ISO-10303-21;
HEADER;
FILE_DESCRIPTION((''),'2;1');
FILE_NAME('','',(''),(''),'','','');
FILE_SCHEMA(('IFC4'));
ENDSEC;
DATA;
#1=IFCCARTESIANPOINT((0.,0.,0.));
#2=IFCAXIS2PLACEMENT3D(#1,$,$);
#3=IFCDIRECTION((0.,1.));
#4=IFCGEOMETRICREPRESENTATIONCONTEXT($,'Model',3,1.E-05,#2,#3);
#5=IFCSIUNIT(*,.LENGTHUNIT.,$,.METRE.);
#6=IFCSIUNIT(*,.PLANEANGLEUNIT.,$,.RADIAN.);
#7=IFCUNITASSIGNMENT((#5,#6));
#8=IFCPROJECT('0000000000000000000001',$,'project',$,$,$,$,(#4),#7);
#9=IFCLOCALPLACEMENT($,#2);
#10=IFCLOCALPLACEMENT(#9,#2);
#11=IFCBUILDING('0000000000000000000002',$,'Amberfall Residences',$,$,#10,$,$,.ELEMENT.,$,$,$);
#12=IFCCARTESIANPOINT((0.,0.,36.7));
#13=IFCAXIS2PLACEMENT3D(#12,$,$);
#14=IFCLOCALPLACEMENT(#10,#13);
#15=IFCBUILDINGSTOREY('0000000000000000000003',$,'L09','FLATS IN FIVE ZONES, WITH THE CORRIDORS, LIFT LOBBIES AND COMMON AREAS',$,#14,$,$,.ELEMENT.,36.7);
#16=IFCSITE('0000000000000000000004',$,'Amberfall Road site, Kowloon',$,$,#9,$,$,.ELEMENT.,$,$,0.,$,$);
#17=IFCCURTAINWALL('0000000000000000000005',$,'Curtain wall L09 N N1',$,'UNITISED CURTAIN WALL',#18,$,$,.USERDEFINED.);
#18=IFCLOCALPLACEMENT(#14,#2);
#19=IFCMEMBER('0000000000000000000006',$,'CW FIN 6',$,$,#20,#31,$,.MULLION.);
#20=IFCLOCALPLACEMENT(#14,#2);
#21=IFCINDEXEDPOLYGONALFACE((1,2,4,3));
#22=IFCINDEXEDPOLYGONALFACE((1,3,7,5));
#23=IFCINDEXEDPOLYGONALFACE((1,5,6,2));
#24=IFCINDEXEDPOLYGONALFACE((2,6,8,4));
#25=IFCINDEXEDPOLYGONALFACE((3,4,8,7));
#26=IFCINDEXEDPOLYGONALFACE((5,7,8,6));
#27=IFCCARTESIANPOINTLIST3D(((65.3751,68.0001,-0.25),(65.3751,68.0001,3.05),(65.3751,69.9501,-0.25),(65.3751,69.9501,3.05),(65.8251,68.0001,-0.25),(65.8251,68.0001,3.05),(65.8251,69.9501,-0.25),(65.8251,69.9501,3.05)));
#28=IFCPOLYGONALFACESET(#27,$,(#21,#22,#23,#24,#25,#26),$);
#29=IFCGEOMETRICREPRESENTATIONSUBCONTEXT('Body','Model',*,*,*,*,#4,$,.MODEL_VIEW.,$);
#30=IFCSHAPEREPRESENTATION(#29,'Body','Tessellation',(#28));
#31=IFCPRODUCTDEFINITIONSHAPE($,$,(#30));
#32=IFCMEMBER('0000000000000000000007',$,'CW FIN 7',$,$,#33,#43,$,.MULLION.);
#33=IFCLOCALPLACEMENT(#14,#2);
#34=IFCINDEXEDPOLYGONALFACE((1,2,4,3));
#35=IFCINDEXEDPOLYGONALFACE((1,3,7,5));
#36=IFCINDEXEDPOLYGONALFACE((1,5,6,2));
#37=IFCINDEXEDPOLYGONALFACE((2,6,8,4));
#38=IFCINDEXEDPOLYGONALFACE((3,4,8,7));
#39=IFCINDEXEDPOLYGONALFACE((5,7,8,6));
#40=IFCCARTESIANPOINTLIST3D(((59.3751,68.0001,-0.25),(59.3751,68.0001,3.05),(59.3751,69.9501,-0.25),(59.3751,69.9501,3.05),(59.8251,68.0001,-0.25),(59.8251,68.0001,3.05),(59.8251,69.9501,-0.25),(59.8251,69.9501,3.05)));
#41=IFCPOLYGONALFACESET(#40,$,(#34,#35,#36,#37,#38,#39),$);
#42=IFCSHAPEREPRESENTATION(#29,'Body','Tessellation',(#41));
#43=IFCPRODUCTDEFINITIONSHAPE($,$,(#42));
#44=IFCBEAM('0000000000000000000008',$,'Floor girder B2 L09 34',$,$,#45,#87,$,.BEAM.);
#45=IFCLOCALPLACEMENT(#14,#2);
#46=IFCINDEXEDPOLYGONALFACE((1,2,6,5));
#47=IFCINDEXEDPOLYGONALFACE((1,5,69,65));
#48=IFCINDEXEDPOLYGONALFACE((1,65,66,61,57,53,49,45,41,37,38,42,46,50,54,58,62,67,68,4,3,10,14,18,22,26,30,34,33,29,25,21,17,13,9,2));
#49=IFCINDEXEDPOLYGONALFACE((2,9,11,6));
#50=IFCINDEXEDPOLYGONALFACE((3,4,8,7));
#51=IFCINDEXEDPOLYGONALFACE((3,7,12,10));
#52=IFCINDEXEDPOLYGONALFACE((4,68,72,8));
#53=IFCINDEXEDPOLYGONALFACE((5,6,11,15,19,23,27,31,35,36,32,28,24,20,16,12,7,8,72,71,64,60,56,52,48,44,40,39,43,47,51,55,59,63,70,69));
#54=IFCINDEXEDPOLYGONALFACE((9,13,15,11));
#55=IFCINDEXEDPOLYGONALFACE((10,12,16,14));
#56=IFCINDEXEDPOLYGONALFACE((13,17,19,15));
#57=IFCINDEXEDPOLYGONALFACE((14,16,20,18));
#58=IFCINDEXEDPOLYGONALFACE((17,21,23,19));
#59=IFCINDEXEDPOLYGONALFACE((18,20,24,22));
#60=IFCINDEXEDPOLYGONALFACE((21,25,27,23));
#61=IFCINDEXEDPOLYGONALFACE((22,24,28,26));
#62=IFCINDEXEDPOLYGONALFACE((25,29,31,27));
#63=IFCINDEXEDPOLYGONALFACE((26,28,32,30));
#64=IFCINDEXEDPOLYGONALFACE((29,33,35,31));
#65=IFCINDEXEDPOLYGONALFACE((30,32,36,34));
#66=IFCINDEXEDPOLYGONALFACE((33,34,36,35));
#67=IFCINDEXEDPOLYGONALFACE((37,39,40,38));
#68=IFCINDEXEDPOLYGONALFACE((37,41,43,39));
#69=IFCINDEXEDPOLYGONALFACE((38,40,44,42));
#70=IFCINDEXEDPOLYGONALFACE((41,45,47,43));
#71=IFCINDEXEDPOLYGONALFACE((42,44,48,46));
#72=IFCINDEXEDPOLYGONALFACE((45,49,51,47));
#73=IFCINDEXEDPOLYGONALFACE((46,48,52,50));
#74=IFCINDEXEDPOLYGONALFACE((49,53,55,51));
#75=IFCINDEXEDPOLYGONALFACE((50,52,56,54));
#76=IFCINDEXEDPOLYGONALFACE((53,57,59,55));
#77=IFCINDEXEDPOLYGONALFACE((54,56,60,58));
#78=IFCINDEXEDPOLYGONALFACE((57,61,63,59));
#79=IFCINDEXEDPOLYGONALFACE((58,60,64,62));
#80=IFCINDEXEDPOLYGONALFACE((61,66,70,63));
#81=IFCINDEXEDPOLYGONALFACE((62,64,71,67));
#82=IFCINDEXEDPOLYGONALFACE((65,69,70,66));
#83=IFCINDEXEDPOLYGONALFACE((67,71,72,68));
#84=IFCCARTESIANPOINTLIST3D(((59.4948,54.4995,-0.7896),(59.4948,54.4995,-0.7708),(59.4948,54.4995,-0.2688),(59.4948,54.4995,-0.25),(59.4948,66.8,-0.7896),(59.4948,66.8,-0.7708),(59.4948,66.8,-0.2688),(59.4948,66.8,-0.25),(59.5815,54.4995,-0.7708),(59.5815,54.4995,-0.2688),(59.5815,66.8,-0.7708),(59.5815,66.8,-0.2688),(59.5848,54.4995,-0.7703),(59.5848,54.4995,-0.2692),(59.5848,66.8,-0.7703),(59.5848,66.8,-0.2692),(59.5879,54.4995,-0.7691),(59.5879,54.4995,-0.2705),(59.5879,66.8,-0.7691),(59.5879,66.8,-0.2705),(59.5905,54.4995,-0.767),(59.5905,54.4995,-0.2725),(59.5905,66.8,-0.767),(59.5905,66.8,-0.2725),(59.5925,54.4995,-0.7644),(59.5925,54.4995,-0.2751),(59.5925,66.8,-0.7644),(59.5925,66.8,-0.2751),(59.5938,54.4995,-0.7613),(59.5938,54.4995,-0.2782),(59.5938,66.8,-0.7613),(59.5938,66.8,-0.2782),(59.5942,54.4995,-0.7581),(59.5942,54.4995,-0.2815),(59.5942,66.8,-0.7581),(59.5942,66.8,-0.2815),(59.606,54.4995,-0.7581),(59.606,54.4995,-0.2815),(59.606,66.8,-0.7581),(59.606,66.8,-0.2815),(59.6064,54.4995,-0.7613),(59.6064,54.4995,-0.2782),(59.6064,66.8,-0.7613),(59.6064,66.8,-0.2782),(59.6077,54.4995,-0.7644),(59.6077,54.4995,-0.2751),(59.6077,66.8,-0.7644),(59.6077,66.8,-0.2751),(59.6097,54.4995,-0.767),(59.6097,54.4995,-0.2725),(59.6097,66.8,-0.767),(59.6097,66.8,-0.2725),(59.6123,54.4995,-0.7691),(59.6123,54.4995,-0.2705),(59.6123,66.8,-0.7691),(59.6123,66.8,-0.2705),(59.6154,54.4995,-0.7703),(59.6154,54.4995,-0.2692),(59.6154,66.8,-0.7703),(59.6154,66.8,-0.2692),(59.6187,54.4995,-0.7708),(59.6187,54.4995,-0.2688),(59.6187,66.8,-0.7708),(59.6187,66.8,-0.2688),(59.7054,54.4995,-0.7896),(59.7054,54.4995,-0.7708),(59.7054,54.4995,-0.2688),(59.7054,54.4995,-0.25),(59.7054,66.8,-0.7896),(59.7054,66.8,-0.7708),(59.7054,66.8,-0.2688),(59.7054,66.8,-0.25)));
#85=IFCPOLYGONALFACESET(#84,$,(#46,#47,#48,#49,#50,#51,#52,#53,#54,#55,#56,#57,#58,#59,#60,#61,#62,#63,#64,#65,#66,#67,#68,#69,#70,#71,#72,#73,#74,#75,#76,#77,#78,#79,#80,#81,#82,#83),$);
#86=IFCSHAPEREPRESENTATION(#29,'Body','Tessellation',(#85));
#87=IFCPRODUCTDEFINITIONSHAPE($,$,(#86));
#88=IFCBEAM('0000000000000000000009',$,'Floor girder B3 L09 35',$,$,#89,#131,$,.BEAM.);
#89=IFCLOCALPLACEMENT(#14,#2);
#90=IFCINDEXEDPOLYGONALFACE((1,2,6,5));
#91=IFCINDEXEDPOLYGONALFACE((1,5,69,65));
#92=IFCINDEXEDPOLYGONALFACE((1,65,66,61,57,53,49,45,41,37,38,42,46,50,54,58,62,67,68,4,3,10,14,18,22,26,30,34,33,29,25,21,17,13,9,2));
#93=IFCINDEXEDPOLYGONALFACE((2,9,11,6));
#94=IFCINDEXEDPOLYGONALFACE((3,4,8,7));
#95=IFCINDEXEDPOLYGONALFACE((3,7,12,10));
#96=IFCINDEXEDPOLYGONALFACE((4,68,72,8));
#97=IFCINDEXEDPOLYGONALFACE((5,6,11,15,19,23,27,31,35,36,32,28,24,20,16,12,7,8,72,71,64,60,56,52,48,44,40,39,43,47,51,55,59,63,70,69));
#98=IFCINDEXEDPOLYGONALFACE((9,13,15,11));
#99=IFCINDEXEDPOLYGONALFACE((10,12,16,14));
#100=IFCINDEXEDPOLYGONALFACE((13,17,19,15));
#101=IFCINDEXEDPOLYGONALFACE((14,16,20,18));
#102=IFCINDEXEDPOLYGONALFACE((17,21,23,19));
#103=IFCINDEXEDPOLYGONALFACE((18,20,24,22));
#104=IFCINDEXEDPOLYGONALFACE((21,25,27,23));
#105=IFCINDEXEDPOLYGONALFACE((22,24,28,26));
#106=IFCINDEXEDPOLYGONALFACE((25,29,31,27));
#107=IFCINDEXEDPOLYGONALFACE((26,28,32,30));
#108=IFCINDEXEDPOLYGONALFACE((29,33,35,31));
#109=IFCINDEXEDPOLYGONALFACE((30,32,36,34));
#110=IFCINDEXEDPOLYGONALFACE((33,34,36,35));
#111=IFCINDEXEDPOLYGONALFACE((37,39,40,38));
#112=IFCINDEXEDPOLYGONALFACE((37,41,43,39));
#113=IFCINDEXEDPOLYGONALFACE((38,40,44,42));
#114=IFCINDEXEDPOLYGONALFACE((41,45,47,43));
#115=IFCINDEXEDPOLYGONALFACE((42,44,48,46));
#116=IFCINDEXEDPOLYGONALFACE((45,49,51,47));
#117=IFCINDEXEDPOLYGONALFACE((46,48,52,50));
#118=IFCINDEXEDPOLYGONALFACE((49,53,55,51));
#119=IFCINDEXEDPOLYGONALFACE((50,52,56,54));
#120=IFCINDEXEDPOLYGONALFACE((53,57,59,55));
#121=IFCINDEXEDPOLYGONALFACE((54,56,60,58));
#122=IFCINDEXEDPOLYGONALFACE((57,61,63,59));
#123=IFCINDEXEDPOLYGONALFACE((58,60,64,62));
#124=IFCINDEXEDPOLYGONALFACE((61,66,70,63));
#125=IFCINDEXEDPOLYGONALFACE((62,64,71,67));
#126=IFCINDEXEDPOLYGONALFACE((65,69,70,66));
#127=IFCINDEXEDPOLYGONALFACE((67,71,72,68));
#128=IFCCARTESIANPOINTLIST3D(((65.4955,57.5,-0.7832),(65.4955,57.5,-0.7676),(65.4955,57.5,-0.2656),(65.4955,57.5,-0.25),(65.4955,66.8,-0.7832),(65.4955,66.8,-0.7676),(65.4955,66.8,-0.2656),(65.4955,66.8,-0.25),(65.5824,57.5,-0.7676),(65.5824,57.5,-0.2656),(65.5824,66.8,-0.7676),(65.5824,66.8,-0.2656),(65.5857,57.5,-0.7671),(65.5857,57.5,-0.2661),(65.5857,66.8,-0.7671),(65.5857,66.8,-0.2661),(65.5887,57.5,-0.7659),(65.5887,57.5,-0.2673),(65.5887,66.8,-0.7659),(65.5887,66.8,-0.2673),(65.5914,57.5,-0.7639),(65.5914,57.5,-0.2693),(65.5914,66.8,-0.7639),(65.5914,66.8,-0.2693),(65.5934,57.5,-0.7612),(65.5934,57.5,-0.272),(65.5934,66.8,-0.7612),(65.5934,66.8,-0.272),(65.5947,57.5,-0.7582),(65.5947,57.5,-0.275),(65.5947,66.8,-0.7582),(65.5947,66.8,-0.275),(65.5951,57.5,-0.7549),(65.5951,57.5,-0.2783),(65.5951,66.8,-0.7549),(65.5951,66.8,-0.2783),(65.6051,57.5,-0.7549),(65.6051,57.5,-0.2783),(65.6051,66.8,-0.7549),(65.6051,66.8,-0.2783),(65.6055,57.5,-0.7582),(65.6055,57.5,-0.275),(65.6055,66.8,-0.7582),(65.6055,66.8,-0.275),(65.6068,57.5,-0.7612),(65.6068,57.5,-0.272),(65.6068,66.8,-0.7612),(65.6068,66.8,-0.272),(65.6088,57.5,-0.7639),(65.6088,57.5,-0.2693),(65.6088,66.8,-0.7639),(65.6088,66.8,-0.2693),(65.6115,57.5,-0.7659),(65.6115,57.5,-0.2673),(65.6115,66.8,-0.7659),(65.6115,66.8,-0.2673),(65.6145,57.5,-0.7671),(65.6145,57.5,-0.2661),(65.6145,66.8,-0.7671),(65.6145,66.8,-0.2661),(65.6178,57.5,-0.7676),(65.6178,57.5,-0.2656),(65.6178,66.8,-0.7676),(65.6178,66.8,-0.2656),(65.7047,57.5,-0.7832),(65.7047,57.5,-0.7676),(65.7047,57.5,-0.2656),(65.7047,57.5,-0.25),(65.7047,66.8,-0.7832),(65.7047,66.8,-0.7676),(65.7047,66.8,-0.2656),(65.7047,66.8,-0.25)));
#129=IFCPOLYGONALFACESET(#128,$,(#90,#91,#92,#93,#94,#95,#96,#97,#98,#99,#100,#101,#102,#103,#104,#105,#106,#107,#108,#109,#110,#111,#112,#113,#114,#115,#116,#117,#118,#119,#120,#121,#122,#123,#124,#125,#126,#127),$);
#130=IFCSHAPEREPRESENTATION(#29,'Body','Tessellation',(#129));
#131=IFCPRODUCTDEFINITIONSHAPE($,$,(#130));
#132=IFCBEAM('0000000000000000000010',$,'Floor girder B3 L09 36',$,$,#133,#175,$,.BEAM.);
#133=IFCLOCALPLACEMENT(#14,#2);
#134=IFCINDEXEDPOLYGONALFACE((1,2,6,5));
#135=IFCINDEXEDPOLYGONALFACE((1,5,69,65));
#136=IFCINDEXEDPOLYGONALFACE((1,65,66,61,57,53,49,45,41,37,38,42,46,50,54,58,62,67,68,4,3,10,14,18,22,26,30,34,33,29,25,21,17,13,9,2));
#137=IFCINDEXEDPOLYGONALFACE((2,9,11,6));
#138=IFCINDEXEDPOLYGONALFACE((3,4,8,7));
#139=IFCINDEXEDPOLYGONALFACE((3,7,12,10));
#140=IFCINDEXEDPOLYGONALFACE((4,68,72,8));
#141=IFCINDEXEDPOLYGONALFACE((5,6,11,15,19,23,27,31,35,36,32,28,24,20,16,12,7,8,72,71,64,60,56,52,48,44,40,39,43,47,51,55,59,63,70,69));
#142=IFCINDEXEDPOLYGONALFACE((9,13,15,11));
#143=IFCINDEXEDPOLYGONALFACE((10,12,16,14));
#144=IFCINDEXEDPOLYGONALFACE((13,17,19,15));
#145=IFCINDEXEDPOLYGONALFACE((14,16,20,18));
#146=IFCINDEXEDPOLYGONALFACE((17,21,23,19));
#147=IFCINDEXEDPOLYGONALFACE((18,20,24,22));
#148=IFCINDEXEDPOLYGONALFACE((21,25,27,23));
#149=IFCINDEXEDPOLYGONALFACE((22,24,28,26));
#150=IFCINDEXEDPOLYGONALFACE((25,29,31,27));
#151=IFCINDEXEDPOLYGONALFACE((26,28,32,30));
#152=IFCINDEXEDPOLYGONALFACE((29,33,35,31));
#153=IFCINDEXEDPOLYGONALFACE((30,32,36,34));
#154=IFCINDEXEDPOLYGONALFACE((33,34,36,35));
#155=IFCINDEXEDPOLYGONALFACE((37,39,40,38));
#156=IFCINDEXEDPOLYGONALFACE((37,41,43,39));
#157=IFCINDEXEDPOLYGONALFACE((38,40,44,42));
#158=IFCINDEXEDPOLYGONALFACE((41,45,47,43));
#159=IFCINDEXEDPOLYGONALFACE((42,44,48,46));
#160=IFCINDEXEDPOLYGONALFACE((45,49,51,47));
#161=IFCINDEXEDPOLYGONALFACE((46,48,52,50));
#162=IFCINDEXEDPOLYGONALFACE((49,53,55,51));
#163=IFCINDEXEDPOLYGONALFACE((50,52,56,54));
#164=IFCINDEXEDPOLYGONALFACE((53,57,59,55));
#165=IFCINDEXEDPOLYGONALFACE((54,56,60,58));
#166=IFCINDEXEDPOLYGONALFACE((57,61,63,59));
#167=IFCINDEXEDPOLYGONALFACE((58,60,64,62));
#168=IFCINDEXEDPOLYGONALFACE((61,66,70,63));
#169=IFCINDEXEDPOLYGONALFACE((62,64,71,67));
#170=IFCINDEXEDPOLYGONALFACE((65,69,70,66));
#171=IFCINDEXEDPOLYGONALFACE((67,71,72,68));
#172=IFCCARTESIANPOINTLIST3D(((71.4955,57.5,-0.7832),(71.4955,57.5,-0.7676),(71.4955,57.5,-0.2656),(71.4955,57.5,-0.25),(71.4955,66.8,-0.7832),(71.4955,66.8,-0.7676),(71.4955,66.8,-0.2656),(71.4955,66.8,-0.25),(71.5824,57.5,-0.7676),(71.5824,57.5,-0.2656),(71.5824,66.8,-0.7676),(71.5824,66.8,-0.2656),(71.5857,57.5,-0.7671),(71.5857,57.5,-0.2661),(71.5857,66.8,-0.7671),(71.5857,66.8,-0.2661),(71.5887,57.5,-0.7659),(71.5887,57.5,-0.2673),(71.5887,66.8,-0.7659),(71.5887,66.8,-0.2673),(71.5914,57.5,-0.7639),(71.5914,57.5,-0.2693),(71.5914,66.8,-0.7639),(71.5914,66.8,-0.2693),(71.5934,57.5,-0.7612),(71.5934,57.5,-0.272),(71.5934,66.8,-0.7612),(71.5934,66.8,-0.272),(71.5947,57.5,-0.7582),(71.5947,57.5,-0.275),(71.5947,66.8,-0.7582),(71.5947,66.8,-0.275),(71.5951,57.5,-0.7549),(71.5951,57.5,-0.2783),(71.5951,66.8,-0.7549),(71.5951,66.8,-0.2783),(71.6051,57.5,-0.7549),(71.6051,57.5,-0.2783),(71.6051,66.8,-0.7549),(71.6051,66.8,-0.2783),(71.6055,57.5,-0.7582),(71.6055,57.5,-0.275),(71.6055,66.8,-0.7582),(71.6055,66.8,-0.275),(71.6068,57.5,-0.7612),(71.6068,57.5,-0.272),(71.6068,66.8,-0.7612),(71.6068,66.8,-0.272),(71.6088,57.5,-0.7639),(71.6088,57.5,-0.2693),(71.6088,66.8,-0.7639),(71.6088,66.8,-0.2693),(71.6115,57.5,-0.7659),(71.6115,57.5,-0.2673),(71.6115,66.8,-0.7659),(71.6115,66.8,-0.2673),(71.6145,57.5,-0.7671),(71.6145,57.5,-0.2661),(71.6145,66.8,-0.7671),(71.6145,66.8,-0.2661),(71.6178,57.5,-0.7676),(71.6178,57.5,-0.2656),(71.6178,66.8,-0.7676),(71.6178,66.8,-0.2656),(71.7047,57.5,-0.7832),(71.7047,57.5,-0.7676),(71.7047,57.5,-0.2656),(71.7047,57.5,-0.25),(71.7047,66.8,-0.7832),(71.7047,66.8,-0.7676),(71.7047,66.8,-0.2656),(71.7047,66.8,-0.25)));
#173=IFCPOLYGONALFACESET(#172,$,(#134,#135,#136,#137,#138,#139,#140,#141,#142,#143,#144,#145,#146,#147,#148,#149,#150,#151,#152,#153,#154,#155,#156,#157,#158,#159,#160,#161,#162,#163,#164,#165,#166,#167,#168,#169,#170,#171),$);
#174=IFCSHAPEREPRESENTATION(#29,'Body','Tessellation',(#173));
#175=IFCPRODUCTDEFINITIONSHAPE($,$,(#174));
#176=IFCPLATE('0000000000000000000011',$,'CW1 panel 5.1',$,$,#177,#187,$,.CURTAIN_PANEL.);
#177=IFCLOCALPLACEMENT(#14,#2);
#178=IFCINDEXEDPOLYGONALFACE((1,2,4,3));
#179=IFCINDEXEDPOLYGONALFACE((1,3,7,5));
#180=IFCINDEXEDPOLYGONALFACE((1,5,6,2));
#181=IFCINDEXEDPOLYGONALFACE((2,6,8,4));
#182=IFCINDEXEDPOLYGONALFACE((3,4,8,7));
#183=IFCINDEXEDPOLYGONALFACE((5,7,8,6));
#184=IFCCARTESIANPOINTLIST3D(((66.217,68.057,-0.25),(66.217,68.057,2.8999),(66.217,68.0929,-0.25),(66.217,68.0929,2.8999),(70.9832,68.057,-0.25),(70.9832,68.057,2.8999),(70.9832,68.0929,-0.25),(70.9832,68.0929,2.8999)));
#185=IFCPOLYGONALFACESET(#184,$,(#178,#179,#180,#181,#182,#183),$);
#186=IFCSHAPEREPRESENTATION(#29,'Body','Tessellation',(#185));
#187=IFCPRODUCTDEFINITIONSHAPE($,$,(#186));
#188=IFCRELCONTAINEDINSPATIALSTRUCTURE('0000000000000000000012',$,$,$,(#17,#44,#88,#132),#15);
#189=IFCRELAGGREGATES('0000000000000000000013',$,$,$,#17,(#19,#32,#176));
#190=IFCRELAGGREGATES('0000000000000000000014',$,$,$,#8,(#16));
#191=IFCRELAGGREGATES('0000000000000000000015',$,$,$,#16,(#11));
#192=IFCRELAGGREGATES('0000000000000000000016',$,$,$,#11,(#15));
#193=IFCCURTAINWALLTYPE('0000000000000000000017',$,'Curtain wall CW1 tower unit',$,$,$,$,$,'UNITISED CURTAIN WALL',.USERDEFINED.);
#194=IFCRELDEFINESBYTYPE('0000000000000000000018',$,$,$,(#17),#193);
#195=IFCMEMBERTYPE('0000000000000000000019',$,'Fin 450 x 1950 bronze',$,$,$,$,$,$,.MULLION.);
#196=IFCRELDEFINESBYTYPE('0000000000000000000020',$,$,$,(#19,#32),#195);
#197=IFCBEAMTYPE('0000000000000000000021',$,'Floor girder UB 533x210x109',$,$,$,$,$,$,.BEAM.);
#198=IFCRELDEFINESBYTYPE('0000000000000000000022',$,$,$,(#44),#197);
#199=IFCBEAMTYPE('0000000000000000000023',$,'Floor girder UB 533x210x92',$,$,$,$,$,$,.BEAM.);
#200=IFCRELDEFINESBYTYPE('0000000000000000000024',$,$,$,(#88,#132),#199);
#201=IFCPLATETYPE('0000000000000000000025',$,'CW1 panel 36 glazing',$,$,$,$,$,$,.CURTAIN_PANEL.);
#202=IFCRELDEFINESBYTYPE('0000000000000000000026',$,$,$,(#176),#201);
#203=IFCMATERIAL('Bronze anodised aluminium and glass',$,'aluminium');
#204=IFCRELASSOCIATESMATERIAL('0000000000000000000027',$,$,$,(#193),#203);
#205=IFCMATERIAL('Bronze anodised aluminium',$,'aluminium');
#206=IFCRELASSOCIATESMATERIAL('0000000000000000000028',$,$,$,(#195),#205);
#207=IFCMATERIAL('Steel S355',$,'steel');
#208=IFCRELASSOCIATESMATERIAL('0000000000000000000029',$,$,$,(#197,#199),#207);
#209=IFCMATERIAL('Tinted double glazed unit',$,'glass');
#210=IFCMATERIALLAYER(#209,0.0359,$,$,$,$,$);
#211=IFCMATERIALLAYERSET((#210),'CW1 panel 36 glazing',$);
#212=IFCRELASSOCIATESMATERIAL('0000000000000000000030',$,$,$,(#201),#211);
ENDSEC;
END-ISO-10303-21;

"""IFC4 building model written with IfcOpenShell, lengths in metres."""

from ifc_helpers import new_model, si_unit, direction, frame, origin, origin_2d, place, context, subcontext, project, spatial, rectangle, i_section, extrude, material, layer, layer_set, material_profile, profile_set, type_object, element, aggregate, save


model = new_model("IFC4")

# Units and contexts
model_context = context("Model", 3, precision=1e-05, world=origin(), true_north=direction((0.0, 1.0)))
body_context = subcontext(model_context, "Body", "Model", "MODEL_VIEW")
ifc_project = project(units=[si_unit("LENGTHUNIT", "METRE"), si_unit("PLANEANGLEUNIT", "RADIAN")], contexts=[model_context])

# Site, building, storey
site_placement = place(None, origin())
site = spatial("IfcSite", under=ifc_project, at=site_placement, Name="Amberfall Road site, Kowloon", CompositionType="ELEMENT", RefElevation=0.0)
building_placement = place(site_placement, origin())
building = spatial("IfcBuilding", under=site, at=building_placement, Name="Amberfall Residences", CompositionType="ELEMENT")
storey_placement = place(building_placement, frame((0.0, 0.0, 36.7)))
storey = spatial("IfcBuildingStorey", under=building, at=storey_placement, Name="L09", Description="FLATS IN FIVE ZONES, WITH THE CORRIDORS, LIFT LOBBIES AND COMMON AREAS", CompositionType="ELEMENT", Elevation=36.7)

# Curtain wall
ifc_material_1 = material(Name="Bronze anodised aluminium and glass", Category="aluminium")
curtain_wall_type = type_object("IfcCurtainWallType", Name="Curtain wall CW1 tower unit", ElementType="UNITISED CURTAIN WALL", PredefinedType="USERDEFINED", material=ifc_material_1)
curtain_wall_placement = place(storey_placement, origin())
curtain_wall = element("IfcCurtainWall", 1, at=curtain_wall_placement, inside=storey, type_object=curtain_wall_type, Name="Curtain wall L09 N N1", ObjectType="UNITISED CURTAIN WALL", PredefinedType="USERDEFINED")
ifc_material_2 = material(Name="Bronze anodised aluminium", Category="aluminium")

# Shared definitions
ifc_material_3 = material(Name="Steel S355", Category="steel")

# Members
ifc_material_profile_1 = material_profile(ifc_material_2, rectangle(XDim=1.95, YDim=0.45, at=origin_2d()), Name="Fin 450 x 1950 bronze")
ifc_profile_set_1 = profile_set([ifc_material_profile_1], Name="Bronze anodised aluminium")
member_type_1 = type_object("IfcMemberType", Name="Fin 450 x 1950 bronze", PredefinedType="MULLION", material=ifc_profile_set_1)
member_1_placement = place(storey_placement, frame((65.6001, 68.9751, -0.25), z_axis=(0.0, 0.0, 1.0), x_axis=(0.0, -1.0, 0.0)))
member_1 = element("IfcMember", 2, at=member_1_placement, type_object=member_type_1, Name="CW FIN 6", PredefinedType="MULLION", context=body_context, shape_type="SweptSolid", body=[
    extrude(rectangle(XDim=1.95, YDim=0.45, at=origin_2d()), origin(), (0.0, 0.0, 1.0), 3.3),
])
member_2_placement = place(storey_placement, frame((59.6001, 68.9751, -0.25), z_axis=(0.0, 0.0, 1.0), x_axis=(0.0, -1.0, 0.0)))
member_2 = element("IfcMember", 3, at=member_2_placement, type_object=member_type_1, Name="CW FIN 7", PredefinedType="MULLION", context=body_context, shape_type="SweptSolid", body=[
    extrude(rectangle(XDim=1.95, YDim=0.45, at=origin_2d()), origin(), (0.0, 0.0, 1.0), 3.3),
])

# Beams
ifc_material_profile_2 = material_profile(ifc_material_3, i_section(OverallWidth=0.2107, OverallDepth=0.5396, WebThickness=0.0117, FlangeThickness=0.0188, FilletRadius=0.0127, at=origin_2d()), Name="UB 533x210x109")
ifc_profile_set_2 = profile_set([ifc_material_profile_2], Name="Steel S355")
beam_type_1 = type_object("IfcBeamType", Name="Floor girder UB 533x210x109", PredefinedType="BEAM", material=ifc_profile_set_2)
beam_placement = place(storey_placement, frame((59.6001, 66.8, -0.5198), z_axis=(0.0, -1.0, 0.0), x_axis=(1.0, 0.0, 0.0)))
element("IfcBeam", 4, at=beam_placement, inside=storey, type_object=beam_type_1, Name="Floor girder B2 L09 34", PredefinedType="BEAM", context=body_context, shape_type="SweptSolid", body=[
    extrude(i_section(OverallWidth=0.2107, OverallDepth=0.5396, WebThickness=0.0117, FlangeThickness=0.0188, FilletRadius=0.0127, at=origin_2d()), origin(), (0.0, 0.0, 1.0), 12.3005),
])
ifc_material_profile_3 = material_profile(ifc_material_3, i_section(OverallWidth=0.2092, OverallDepth=0.5332, WebThickness=0.01, FlangeThickness=0.0156, FilletRadius=0.0127, at=origin_2d()), Name="UB 533x210x92")
ifc_profile_set_3 = profile_set([ifc_material_profile_3], Name="Steel S355")
beam_type_2 = type_object("IfcBeamType", Name="Floor girder UB 533x210x92", PredefinedType="BEAM", material=ifc_profile_set_3)
for number, where, z_axis, x_axis, name in (
    (5, (65.6001, 66.8, -0.5166), (0.0, -1.0, 0.0), (1.0, 0.0, 0.0), "Floor girder B3 L09 35"),
    (6, (71.6001, 66.8, -0.5166), (0.0, -1.0, 0.0), (1.0, 0.0, 0.0), "Floor girder B3 L09 36"),
):
    element("IfcBeam", number, at=place(storey_placement, frame(where, z_axis=z_axis, x_axis=x_axis)), inside=storey, type_object=beam_type_2, Name=name, PredefinedType="BEAM", context=body_context, shape_type="SweptSolid", body=[
        extrude(i_section(OverallWidth=0.2092, OverallDepth=0.5332, WebThickness=0.01, FlangeThickness=0.0156, FilletRadius=0.0127, at=origin_2d()), origin(), (0.0, 0.0, 1.0), 9.3),
    ])

# Plate
ifc_material_4 = material(Name="Tinted double glazed unit", Category="glass")
ifc_layer_1 = layer(ifc_material_4, 0.0359)
ifc_layer_set_1 = layer_set([ifc_layer_1], Name="CW1 panel 36 glazing")
plate_type = type_object("IfcPlateType", Name="CW1 panel 36 glazing", PredefinedType="CURTAIN_PANEL", material=ifc_layer_set_1)
plate_1_placement = place(storey_placement, frame((68.6001, 68.075, -0.25), z_axis=(0.0, 0.0, 1.0), x_axis=(-1.0, 0.0, 0.0)))
plate_1 = element("IfcPlate", 7, at=plate_1_placement, type_object=plate_type, Name="CW1 panel 5.1", PredefinedType="CURTAIN_PANEL", context=body_context, shape_type="SweptSolid", body=[
    extrude(rectangle(XDim=4.7661, YDim=0.0359, at=origin_2d()), origin(), (0.0, 0.0, 1.0), 3.1499),
])
aggregate(curtain_wall, [member_1, member_2, plate_1])

save(model, "model.ifc")
